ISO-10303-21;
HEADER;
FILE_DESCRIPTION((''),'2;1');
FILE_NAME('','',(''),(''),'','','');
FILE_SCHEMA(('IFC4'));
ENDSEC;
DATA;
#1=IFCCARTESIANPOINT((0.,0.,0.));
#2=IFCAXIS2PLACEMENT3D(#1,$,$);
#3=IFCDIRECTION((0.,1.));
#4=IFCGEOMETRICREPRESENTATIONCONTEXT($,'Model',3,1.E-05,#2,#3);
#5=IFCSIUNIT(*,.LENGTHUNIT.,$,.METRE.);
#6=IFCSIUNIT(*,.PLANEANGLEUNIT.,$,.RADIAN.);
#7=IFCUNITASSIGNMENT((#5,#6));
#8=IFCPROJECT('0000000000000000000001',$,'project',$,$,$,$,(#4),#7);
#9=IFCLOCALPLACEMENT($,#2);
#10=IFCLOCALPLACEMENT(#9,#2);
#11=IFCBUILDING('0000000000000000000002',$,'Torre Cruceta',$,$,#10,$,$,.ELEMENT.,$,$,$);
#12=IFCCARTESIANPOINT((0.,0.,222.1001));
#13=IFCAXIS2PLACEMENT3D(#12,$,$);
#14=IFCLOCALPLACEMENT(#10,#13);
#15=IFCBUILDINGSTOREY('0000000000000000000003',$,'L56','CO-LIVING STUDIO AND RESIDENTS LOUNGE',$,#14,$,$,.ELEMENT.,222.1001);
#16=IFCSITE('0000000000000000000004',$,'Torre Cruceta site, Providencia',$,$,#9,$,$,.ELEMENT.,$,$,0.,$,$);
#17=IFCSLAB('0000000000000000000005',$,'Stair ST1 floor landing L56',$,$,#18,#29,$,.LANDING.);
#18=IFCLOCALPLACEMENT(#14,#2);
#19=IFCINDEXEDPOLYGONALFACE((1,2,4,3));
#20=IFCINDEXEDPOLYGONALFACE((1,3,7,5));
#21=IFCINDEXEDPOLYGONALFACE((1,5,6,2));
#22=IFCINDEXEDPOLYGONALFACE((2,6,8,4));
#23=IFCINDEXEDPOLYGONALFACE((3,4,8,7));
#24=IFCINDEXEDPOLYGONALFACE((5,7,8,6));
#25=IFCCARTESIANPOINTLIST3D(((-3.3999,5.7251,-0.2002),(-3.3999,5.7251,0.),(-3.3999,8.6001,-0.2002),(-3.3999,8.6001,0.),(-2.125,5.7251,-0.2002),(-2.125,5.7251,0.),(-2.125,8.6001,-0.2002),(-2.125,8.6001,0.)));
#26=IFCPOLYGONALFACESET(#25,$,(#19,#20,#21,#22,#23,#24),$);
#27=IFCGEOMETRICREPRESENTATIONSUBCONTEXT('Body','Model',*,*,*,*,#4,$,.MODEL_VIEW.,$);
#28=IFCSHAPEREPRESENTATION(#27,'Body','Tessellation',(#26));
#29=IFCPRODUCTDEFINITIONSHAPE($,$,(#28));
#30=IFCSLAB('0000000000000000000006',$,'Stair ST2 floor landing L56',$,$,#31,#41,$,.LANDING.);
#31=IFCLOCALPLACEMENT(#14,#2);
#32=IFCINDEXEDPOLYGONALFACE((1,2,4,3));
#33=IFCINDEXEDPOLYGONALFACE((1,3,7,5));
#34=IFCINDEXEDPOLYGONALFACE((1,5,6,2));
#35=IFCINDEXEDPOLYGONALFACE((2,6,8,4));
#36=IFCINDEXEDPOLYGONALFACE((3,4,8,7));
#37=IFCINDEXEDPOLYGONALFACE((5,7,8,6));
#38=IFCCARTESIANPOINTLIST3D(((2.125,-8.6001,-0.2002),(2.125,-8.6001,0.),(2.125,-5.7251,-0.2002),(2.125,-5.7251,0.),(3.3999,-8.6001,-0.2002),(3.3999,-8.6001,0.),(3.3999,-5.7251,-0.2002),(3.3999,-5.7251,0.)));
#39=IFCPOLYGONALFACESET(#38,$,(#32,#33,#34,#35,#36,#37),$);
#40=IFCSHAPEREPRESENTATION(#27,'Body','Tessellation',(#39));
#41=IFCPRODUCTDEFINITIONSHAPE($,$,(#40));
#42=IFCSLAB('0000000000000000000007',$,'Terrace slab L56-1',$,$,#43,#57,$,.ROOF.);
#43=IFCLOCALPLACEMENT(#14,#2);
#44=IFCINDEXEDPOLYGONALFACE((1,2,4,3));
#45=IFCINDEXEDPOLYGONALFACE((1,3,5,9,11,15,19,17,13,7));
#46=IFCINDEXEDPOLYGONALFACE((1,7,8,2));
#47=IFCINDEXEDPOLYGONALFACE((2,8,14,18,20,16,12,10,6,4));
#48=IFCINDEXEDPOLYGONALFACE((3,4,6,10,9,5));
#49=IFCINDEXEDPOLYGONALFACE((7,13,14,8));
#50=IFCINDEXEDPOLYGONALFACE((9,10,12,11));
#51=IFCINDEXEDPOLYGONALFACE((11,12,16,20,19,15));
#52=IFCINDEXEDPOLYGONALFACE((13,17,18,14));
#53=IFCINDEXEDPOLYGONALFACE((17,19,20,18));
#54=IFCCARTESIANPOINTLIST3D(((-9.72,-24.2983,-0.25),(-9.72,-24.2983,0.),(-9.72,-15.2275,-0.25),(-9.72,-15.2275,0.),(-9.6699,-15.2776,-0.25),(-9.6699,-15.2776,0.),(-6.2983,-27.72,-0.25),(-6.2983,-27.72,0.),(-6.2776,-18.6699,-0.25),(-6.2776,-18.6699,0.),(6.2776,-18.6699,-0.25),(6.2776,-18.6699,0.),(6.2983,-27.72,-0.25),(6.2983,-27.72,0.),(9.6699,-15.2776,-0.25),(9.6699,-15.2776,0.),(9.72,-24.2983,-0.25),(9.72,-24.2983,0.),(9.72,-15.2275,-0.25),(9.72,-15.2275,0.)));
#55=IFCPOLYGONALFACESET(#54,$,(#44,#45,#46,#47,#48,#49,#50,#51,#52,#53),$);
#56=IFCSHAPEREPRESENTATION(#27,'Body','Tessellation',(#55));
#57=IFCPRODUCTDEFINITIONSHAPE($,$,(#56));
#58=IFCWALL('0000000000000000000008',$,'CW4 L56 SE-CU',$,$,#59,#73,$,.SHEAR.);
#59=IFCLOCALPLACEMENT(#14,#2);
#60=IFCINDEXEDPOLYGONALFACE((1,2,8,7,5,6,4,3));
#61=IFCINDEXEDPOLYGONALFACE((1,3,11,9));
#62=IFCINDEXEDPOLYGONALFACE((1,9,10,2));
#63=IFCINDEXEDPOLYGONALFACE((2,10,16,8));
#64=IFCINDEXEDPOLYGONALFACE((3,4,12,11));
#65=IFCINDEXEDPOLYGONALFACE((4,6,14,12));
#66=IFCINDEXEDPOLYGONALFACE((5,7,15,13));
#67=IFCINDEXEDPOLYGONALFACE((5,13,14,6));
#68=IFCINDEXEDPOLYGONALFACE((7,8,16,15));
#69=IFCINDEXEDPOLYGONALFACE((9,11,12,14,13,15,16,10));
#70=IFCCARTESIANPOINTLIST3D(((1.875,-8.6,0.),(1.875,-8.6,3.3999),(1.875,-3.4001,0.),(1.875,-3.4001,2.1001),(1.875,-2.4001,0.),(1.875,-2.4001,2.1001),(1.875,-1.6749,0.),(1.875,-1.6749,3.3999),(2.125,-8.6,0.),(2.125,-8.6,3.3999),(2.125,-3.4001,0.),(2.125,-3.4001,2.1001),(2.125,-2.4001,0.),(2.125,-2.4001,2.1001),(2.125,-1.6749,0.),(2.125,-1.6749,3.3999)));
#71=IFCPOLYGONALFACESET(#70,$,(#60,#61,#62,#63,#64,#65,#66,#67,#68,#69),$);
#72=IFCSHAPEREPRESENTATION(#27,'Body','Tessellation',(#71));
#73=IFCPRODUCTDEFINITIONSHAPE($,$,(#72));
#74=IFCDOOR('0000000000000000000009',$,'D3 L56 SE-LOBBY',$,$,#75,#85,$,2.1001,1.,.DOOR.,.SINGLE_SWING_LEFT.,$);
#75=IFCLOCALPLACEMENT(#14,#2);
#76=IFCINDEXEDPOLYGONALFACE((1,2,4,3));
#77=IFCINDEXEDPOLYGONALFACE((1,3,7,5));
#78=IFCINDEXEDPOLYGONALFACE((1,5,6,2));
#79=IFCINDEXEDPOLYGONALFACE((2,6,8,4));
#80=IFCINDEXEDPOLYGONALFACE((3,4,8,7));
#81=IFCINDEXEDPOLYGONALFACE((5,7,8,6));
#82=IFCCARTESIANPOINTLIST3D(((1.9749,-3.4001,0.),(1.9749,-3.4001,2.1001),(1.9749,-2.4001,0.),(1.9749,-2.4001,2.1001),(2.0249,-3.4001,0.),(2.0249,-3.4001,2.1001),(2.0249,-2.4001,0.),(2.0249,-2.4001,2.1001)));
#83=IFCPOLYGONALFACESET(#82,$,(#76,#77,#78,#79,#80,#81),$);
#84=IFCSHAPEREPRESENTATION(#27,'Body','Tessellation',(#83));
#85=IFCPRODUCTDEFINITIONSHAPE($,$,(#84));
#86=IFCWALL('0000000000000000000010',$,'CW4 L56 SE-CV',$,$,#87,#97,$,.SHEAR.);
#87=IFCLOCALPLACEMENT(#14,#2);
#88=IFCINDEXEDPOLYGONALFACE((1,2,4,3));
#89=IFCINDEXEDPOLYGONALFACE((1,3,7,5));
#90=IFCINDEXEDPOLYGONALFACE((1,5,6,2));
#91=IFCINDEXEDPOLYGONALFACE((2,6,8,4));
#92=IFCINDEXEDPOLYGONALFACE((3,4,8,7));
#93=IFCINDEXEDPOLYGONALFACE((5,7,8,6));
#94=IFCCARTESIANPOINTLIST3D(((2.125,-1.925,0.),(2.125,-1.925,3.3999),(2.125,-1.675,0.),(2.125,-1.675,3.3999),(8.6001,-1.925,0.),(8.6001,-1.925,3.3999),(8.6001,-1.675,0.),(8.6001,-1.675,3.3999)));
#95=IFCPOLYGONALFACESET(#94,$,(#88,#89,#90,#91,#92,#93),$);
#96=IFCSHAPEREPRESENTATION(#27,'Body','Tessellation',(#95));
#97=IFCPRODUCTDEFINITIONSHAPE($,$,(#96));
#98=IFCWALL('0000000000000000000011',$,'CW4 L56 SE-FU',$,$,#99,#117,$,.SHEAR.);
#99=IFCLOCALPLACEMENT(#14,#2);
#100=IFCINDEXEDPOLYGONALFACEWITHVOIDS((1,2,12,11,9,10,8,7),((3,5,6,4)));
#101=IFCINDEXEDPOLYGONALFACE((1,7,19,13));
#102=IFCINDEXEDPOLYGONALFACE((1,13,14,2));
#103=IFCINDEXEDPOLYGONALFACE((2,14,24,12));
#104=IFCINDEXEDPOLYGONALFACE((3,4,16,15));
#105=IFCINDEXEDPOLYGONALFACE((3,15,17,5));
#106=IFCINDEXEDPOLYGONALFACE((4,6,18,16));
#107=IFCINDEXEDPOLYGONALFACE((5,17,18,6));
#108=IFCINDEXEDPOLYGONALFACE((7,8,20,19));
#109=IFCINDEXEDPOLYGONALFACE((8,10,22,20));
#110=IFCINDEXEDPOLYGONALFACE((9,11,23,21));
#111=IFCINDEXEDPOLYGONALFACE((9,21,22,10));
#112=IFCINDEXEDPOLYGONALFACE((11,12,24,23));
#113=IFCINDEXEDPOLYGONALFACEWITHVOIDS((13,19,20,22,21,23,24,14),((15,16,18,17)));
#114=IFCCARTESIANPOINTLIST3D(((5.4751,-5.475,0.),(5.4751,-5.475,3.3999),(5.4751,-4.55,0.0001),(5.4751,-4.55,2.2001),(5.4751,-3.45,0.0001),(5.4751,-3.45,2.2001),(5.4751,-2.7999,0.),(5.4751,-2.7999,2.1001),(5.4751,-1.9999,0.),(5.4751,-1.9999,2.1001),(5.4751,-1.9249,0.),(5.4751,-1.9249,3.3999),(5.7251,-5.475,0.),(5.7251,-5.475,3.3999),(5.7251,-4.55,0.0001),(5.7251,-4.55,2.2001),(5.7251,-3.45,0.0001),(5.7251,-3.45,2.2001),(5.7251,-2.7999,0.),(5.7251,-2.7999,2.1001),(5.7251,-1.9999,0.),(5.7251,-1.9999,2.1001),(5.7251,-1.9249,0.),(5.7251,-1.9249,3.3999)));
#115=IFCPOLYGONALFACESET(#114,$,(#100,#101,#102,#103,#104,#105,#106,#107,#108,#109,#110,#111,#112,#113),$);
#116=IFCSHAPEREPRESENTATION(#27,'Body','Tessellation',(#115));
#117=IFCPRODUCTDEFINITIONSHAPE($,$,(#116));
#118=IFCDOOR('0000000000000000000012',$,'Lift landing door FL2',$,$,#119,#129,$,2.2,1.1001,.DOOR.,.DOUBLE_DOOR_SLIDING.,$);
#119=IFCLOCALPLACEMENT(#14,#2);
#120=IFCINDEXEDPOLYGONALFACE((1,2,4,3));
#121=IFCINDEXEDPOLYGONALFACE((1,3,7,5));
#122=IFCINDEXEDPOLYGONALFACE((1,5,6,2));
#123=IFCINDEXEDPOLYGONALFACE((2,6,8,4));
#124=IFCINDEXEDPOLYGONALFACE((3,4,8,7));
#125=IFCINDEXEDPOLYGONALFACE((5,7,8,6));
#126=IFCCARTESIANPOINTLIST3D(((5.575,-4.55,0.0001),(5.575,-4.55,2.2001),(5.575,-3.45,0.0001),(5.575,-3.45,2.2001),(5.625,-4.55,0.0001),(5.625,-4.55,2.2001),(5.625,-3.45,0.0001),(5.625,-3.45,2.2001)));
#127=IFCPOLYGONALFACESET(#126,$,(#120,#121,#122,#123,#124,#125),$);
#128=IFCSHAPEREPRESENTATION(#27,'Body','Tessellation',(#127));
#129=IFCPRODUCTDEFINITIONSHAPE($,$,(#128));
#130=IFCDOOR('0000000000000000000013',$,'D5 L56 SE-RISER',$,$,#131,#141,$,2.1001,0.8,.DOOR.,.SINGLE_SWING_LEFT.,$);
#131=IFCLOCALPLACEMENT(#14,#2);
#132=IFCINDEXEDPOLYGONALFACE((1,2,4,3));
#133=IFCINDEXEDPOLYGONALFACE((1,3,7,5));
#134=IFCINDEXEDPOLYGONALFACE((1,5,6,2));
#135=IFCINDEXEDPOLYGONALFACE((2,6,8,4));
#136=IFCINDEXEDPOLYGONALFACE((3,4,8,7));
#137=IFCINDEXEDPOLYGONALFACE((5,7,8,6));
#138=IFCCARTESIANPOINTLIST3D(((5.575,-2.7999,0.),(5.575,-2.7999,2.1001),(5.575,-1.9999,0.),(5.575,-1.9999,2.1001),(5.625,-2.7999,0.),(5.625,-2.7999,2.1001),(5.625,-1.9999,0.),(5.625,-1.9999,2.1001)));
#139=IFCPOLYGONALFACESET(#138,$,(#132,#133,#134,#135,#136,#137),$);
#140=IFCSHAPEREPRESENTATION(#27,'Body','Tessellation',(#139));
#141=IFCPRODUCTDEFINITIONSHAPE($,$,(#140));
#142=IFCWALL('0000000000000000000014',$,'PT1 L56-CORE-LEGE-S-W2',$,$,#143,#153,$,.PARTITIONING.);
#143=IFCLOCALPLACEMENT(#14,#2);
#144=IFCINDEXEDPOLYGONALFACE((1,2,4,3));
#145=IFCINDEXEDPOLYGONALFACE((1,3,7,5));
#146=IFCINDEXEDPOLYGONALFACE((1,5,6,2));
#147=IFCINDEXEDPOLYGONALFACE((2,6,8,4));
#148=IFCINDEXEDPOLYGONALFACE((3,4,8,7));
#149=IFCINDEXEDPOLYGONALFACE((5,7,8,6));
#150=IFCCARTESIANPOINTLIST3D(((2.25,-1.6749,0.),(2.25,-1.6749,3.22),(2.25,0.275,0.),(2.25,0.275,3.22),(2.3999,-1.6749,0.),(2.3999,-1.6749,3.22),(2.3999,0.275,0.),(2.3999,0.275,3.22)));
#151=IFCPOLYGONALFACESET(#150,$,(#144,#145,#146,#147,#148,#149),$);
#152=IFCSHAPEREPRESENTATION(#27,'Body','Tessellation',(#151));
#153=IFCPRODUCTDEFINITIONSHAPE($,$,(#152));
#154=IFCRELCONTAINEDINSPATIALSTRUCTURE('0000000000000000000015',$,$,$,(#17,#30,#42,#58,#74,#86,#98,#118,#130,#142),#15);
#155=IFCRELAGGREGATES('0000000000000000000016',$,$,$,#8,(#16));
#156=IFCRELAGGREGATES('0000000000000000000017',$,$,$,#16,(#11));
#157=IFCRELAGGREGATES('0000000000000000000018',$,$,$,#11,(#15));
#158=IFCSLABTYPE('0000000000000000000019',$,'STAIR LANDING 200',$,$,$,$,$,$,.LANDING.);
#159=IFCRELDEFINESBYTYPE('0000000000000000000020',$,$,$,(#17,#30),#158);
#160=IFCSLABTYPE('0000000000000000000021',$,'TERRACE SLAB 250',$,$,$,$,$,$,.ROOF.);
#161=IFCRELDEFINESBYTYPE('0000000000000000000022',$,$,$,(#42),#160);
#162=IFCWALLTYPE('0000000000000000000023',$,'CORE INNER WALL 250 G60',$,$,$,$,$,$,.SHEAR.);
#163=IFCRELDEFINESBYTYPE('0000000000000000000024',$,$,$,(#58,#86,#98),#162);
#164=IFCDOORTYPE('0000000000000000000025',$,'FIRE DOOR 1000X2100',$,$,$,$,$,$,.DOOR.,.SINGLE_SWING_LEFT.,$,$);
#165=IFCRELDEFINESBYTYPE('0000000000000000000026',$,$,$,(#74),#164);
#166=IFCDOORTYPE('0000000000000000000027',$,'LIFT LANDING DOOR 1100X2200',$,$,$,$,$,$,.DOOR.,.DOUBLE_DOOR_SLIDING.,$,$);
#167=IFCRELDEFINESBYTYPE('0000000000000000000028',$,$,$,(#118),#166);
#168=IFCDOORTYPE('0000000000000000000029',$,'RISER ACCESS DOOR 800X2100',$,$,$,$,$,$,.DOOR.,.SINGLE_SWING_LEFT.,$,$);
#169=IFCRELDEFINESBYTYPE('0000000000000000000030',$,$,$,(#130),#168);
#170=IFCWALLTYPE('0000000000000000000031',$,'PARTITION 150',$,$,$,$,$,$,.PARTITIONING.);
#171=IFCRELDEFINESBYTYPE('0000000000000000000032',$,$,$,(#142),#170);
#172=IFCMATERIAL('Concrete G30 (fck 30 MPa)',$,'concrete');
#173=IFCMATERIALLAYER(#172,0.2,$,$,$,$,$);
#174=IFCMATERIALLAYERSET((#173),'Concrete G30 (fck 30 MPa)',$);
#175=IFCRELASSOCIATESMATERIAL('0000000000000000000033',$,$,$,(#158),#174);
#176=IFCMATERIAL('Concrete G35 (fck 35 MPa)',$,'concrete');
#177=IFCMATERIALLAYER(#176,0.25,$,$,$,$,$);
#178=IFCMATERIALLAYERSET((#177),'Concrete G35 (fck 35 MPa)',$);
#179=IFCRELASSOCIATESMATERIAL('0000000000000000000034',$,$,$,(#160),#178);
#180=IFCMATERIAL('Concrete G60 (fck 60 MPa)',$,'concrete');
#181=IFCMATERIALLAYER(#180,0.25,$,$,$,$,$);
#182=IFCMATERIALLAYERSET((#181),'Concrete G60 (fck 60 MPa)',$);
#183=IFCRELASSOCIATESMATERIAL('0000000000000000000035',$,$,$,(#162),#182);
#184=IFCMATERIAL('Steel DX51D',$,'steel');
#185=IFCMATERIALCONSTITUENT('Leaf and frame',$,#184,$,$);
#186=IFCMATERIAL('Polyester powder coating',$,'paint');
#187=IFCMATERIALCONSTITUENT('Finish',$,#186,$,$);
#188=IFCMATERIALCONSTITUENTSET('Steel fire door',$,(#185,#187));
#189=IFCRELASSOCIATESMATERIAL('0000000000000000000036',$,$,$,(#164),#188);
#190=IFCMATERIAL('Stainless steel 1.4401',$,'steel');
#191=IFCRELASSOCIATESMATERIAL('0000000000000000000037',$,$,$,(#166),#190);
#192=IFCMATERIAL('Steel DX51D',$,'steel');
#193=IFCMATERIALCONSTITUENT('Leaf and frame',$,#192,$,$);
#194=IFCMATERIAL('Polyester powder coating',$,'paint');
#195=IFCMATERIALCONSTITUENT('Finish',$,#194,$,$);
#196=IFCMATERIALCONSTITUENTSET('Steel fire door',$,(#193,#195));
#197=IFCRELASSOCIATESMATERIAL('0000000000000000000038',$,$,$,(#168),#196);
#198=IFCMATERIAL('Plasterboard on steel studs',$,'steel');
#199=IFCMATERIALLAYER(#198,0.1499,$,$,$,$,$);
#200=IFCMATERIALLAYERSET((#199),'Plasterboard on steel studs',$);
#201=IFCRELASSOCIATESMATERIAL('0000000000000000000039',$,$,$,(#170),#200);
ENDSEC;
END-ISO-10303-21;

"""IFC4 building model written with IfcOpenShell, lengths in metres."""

from ifc_helpers import new_model, si_unit, direction, frame, frame_2d, origin, place, context, subcontext, project, spatial, polyline, rectangle, outline, extrude, material, layer, layer_set, constituent, constituent_set, type_object, element, fill, save


model = new_model("IFC4")

# Units and contexts
model_context = context("Model", 3, precision=1e-05, world=origin(), true_north=direction((0.0, 1.0)))
body_context = subcontext(model_context, "Body", "Model", "MODEL_VIEW")
ifc_project = project(units=[si_unit("LENGTHUNIT", "METRE"), si_unit("PLANEANGLEUNIT", "RADIAN")], contexts=[model_context])

# Site, building, storey
site_placement = place(None, origin())
site = spatial("IfcSite", under=ifc_project, at=site_placement, Name="Torre Cruceta site, Providencia", CompositionType="ELEMENT", RefElevation=0.0)
building_placement = place(site_placement, origin())
building = spatial("IfcBuilding", under=site, at=building_placement, Name="Torre Cruceta", CompositionType="ELEMENT")
storey_placement = place(building_placement, frame((0.0, 0.0, 222.1001)))
storey = spatial("IfcBuildingStorey", under=building, at=storey_placement, Name="L56", Description="CO-LIVING STUDIO AND RESIDENTS LOUNGE", CompositionType="ELEMENT", Elevation=222.1001)

# Shared definitions
ifc_material_1 = material(Name="Concrete G30 (fck 30 MPa)", Category="concrete")
ifc_layer_1 = layer(ifc_material_1, 0.2)
ifc_layer_set_1 = layer_set([ifc_layer_1], Name="Concrete G30 (fck 30 MPa)")
slab_type_1 = type_object("IfcSlabType", Name="STAIR LANDING 200", PredefinedType="LANDING", material=ifc_layer_set_1)

# Slabs
slab_1_placement = place(storey_placement, frame((0.0, 0.0, -0.2002)))
element("IfcSlab", 1, at=slab_1_placement, inside=storey, type_object=slab_type_1, Name="Stair ST1 floor landing L56", PredefinedType="LANDING", context=body_context, shape_type="SweptSolid", body=[
    extrude(outline(polyline([(-2.125, 8.6001), (-2.125, 5.7251), (-3.3999, 5.7251), (-3.3999, 8.6001), (-2.125, 8.6001)])), origin(), (0.0, 0.0, 1.0), 0.2002),
])
slab_2_placement = place(storey_placement, frame((0.0, 0.0, -0.2002)))
element("IfcSlab", 2, at=slab_2_placement, inside=storey, type_object=slab_type_1, Name="Stair ST2 floor landing L56", PredefinedType="LANDING", context=body_context, shape_type="SweptSolid", body=[
    extrude(outline(polyline([(2.125, -8.6001), (2.125, -5.7251), (3.3999, -5.7251), (3.3999, -8.6001), (2.125, -8.6001)])), origin(), (0.0, 0.0, 1.0), 0.2002),
])
ifc_material_2 = material(Name="Concrete G35 (fck 35 MPa)", Category="concrete")
ifc_layer_2 = layer(ifc_material_2, 0.25)
ifc_layer_set_2 = layer_set([ifc_layer_2], Name="Concrete G35 (fck 35 MPa)")
slab_type_2 = type_object("IfcSlabType", Name="TERRACE SLAB 250", PredefinedType="ROOF", material=ifc_layer_set_2)
slab_3_placement = place(storey_placement, frame((0.0, 0.0, -0.25)))
element("IfcSlab", 3, at=slab_3_placement, inside=storey, type_object=slab_type_2, Name="Terrace slab L56-1", PredefinedType="ROOF", context=body_context, shape_type="SweptSolid", body=[
    extrude(outline(polyline([(-9.6699, -15.2776), (-6.2776, -18.6699), (6.2776, -18.6699), (9.6699, -15.2776), (9.72, -15.2275), (9.72, -24.2983), (6.2983, -27.72), (-6.2983, -27.72), (-9.72, -24.2983), (-9.72, -15.2275), (-9.6699, -15.2776)])), origin(), (0.0, 0.0, 1.0), 0.25),
])

# Wall, opening, door
ifc_material_3 = material(Name="Concrete G60 (fck 60 MPa)", Category="concrete")
ifc_layer_3 = layer(ifc_material_3, 0.25)
ifc_layer_set_3 = layer_set([ifc_layer_3], Name="Concrete G60 (fck 60 MPa)")
wall_type_1 = type_object("IfcWallType", Name="CORE INNER WALL 250 G60", PredefinedType="SHEAR", material=ifc_layer_set_3)
wall_1_placement = place(storey_placement, frame((2.0, -1.675, 0.0), z_axis=(0.0, 0.0, 1.0), x_axis=(0.0, -1.0, 0.0)))
wall_1 = element("IfcWall", 4, at=wall_1_placement, inside=storey, type_object=wall_type_1, Name="CW4 L56 SE-CU", PredefinedType="SHEAR", context=body_context, shape_type="SweptSolid", body=[
    extrude(rectangle(XDim=6.925, YDim=0.25, at=frame_2d((3.4624, 0.0))), origin(), (0.0, 0.0, 1.0), 3.3999),
])
opening_1_placement = place(wall_1_placement, frame((0.7251, 0.0, 0.0)))
opening_1 = element("IfcOpeningElement", 5, at=opening_1_placement, cuts=wall_1, PredefinedType="OPENING", context=body_context, shape_type="SweptSolid", body=[
    extrude(rectangle(XDim=1.0, YDim=2.1001, at=frame_2d((0.5, 1.05))), frame((0.0, 0.135, 0.0), z_axis=(0.0, -1.0, 0.0), x_axis=(1.0, 0.0, 0.0)), (0.0, 0.0, 1.0), 0.27),
])
ifc_material_4 = material(Name="Steel DX51D", Category="steel")
ifc_constituent_1 = constituent(ifc_material_4, Name="Leaf and frame")
ifc_material_5 = material(Name="Polyester powder coating", Category="paint")
ifc_constituent_2 = constituent(ifc_material_5, Name="Finish")
ifc_constituent_set_1 = constituent_set(constituents=[ifc_constituent_1, ifc_constituent_2], Name="Steel fire door")
door_type_1 = type_object("IfcDoorType", Name="FIRE DOOR 1000X2100", OperationType="SINGLE_SWING_LEFT", PredefinedType="DOOR", material=ifc_constituent_set_1)
door_1_placement = place(opening_1_placement, origin())
door_1 = element("IfcDoor", 6, at=door_1_placement, inside=storey, type_object=door_type_1, Name="D3 L56 SE-LOBBY", OperationType="SINGLE_SWING_LEFT", OverallHeight=2.1001, OverallWidth=1.0, PredefinedType="DOOR", context=body_context, shape_type="SweptSolid", body=[
    extrude(rectangle(XDim=1.0, YDim=2.1001, at=frame_2d((0.5, 1.05))), frame((0.0, 0.0249, 0.0), z_axis=(0.0, -1.0, 0.0), x_axis=(1.0, 0.0, 0.0)), (0.0, 0.0, 1.0), 0.05),
])
fill(opening_1, door_1)

# Wall
wall_2_placement = place(storey_placement, frame((2.125, -1.8, 0.0), z_axis=(0.0, 0.0, 1.0), x_axis=(1.0, 0.0, 0.0)))
element("IfcWall", 7, at=wall_2_placement, inside=storey, type_object=wall_type_1, Name="CW4 L56 SE-CV", PredefinedType="SHEAR", context=body_context, shape_type="SweptSolid", body=[
    extrude(rectangle(XDim=6.4751, YDim=0.25, at=frame_2d((3.2375, 0.0))), origin(), (0.0, 0.0, 1.0), 3.3999),
])

# Wall, openings, doors
wall_3_placement = place(storey_placement, frame((5.6001, -1.925, 0.0), z_axis=(0.0, 0.0, 1.0), x_axis=(0.0, -1.0, 0.0)))
wall_3 = element("IfcWall", 8, at=wall_3_placement, inside=storey, type_object=wall_type_1, Name="CW4 L56 SE-FU", PredefinedType="SHEAR", context=body_context, shape_type="SweptSolid", body=[
    extrude(rectangle(XDim=3.55, YDim=0.25, at=frame_2d((1.7749, 0.0))), origin(), (0.0, 0.0, 1.0), 3.3999),
])
opening_2_placement = place(wall_3_placement, frame((1.5249, 0.0, 0.0)))
opening_2 = element("IfcOpeningElement", 9, at=opening_2_placement, cuts=wall_3, PredefinedType="OPENING", context=body_context, shape_type="SweptSolid", body=[
    extrude(rectangle(XDim=1.1001, YDim=2.2, at=frame_2d((0.55, 1.1001))), frame((0.0, 0.135, 0.0), z_axis=(0.0, -1.0, 0.0), x_axis=(1.0, 0.0, 0.0)), (0.0, 0.0, 1.0), 0.27),
])
opening_3_placement = place(wall_3_placement, frame((0.075, 0.0, 0.0)))
opening_3 = element("IfcOpeningElement", 10, at=opening_3_placement, cuts=wall_3, PredefinedType="OPENING", context=body_context, shape_type="SweptSolid", body=[
    extrude(rectangle(XDim=0.8, YDim=2.1001, at=frame_2d((0.3999, 1.05))), frame((0.0, 0.135, 0.0), z_axis=(0.0, -1.0, 0.0), x_axis=(1.0, 0.0, 0.0)), (0.0, 0.0, 1.0), 0.27),
])
ifc_material_6 = material(Name="Stainless steel 1.4401", Category="steel")
door_type_2 = type_object("IfcDoorType", Name="LIFT LANDING DOOR 1100X2200", OperationType="DOUBLE_DOOR_SLIDING", PredefinedType="DOOR", material=ifc_material_6)
door_2_placement = place(opening_2_placement, origin())
door_2 = element("IfcDoor", 11, at=door_2_placement, inside=storey, type_object=door_type_2, Name="Lift landing door FL2", OperationType="DOUBLE_DOOR_SLIDING", OverallHeight=2.2, OverallWidth=1.1001, PredefinedType="DOOR", context=body_context, shape_type="SweptSolid", body=[
    extrude(rectangle(XDim=1.1001, YDim=2.2, at=frame_2d((0.55, 1.1001))), frame((0.0, 0.0249, 0.0), z_axis=(0.0, -1.0, 0.0), x_axis=(1.0, 0.0, 0.0)), (0.0, 0.0, 1.0), 0.05),
])
fill(opening_2, door_2)
ifc_material_7 = material(Name="Steel DX51D", Category="steel")
ifc_constituent_3 = constituent(ifc_material_7, Name="Leaf and frame")
ifc_material_8 = material(Name="Polyester powder coating", Category="paint")
ifc_constituent_4 = constituent(ifc_material_8, Name="Finish")
ifc_constituent_set_2 = constituent_set(constituents=[ifc_constituent_3, ifc_constituent_4], Name="Steel fire door")
door_type_3 = type_object("IfcDoorType", Name="RISER ACCESS DOOR 800X2100", OperationType="SINGLE_SWING_LEFT", PredefinedType="DOOR", material=ifc_constituent_set_2)
door_3_placement = place(opening_3_placement, origin())
door_3 = element("IfcDoor", 12, at=door_3_placement, inside=storey, type_object=door_type_3, Name="D5 L56 SE-RISER", OperationType="SINGLE_SWING_LEFT", OverallHeight=2.1001, OverallWidth=0.8, PredefinedType="DOOR", context=body_context, shape_type="SweptSolid", body=[
    extrude(rectangle(XDim=0.8, YDim=2.1001, at=frame_2d((0.3999, 1.05))), frame((0.0, 0.0249, 0.0), z_axis=(0.0, -1.0, 0.0), x_axis=(1.0, 0.0, 0.0)), (0.0, 0.0, 1.0), 0.05),
])
fill(opening_3, door_3)

# Wall
ifc_material_9 = material(Name="Plasterboard on steel studs", Category="steel")
ifc_layer_4 = layer(ifc_material_9, 0.1499)
ifc_layer_set_4 = layer_set([ifc_layer_4], Name="Plasterboard on steel studs")
wall_type_2 = type_object("IfcWallType", Name="PARTITION 150", PredefinedType="PARTITIONING", material=ifc_layer_set_4)
wall_4_placement = place(storey_placement, frame((2.325, -1.675, 0.0), z_axis=(0.0, 0.0, 1.0), x_axis=(0.0, 1.0, 0.0)))
element("IfcWall", 13, at=wall_4_placement, inside=storey, type_object=wall_type_2, Name="PT1 L56-CORE-LEGE-S-W2", PredefinedType="PARTITIONING", context=body_context, shape_type="SweptSolid", body=[
    extrude(rectangle(XDim=1.95, YDim=0.1499, at=frame_2d((0.9751, 0.0))), origin(), (0.0, 0.0, 1.0), 3.22),
])

save(model, "model.ifc")
